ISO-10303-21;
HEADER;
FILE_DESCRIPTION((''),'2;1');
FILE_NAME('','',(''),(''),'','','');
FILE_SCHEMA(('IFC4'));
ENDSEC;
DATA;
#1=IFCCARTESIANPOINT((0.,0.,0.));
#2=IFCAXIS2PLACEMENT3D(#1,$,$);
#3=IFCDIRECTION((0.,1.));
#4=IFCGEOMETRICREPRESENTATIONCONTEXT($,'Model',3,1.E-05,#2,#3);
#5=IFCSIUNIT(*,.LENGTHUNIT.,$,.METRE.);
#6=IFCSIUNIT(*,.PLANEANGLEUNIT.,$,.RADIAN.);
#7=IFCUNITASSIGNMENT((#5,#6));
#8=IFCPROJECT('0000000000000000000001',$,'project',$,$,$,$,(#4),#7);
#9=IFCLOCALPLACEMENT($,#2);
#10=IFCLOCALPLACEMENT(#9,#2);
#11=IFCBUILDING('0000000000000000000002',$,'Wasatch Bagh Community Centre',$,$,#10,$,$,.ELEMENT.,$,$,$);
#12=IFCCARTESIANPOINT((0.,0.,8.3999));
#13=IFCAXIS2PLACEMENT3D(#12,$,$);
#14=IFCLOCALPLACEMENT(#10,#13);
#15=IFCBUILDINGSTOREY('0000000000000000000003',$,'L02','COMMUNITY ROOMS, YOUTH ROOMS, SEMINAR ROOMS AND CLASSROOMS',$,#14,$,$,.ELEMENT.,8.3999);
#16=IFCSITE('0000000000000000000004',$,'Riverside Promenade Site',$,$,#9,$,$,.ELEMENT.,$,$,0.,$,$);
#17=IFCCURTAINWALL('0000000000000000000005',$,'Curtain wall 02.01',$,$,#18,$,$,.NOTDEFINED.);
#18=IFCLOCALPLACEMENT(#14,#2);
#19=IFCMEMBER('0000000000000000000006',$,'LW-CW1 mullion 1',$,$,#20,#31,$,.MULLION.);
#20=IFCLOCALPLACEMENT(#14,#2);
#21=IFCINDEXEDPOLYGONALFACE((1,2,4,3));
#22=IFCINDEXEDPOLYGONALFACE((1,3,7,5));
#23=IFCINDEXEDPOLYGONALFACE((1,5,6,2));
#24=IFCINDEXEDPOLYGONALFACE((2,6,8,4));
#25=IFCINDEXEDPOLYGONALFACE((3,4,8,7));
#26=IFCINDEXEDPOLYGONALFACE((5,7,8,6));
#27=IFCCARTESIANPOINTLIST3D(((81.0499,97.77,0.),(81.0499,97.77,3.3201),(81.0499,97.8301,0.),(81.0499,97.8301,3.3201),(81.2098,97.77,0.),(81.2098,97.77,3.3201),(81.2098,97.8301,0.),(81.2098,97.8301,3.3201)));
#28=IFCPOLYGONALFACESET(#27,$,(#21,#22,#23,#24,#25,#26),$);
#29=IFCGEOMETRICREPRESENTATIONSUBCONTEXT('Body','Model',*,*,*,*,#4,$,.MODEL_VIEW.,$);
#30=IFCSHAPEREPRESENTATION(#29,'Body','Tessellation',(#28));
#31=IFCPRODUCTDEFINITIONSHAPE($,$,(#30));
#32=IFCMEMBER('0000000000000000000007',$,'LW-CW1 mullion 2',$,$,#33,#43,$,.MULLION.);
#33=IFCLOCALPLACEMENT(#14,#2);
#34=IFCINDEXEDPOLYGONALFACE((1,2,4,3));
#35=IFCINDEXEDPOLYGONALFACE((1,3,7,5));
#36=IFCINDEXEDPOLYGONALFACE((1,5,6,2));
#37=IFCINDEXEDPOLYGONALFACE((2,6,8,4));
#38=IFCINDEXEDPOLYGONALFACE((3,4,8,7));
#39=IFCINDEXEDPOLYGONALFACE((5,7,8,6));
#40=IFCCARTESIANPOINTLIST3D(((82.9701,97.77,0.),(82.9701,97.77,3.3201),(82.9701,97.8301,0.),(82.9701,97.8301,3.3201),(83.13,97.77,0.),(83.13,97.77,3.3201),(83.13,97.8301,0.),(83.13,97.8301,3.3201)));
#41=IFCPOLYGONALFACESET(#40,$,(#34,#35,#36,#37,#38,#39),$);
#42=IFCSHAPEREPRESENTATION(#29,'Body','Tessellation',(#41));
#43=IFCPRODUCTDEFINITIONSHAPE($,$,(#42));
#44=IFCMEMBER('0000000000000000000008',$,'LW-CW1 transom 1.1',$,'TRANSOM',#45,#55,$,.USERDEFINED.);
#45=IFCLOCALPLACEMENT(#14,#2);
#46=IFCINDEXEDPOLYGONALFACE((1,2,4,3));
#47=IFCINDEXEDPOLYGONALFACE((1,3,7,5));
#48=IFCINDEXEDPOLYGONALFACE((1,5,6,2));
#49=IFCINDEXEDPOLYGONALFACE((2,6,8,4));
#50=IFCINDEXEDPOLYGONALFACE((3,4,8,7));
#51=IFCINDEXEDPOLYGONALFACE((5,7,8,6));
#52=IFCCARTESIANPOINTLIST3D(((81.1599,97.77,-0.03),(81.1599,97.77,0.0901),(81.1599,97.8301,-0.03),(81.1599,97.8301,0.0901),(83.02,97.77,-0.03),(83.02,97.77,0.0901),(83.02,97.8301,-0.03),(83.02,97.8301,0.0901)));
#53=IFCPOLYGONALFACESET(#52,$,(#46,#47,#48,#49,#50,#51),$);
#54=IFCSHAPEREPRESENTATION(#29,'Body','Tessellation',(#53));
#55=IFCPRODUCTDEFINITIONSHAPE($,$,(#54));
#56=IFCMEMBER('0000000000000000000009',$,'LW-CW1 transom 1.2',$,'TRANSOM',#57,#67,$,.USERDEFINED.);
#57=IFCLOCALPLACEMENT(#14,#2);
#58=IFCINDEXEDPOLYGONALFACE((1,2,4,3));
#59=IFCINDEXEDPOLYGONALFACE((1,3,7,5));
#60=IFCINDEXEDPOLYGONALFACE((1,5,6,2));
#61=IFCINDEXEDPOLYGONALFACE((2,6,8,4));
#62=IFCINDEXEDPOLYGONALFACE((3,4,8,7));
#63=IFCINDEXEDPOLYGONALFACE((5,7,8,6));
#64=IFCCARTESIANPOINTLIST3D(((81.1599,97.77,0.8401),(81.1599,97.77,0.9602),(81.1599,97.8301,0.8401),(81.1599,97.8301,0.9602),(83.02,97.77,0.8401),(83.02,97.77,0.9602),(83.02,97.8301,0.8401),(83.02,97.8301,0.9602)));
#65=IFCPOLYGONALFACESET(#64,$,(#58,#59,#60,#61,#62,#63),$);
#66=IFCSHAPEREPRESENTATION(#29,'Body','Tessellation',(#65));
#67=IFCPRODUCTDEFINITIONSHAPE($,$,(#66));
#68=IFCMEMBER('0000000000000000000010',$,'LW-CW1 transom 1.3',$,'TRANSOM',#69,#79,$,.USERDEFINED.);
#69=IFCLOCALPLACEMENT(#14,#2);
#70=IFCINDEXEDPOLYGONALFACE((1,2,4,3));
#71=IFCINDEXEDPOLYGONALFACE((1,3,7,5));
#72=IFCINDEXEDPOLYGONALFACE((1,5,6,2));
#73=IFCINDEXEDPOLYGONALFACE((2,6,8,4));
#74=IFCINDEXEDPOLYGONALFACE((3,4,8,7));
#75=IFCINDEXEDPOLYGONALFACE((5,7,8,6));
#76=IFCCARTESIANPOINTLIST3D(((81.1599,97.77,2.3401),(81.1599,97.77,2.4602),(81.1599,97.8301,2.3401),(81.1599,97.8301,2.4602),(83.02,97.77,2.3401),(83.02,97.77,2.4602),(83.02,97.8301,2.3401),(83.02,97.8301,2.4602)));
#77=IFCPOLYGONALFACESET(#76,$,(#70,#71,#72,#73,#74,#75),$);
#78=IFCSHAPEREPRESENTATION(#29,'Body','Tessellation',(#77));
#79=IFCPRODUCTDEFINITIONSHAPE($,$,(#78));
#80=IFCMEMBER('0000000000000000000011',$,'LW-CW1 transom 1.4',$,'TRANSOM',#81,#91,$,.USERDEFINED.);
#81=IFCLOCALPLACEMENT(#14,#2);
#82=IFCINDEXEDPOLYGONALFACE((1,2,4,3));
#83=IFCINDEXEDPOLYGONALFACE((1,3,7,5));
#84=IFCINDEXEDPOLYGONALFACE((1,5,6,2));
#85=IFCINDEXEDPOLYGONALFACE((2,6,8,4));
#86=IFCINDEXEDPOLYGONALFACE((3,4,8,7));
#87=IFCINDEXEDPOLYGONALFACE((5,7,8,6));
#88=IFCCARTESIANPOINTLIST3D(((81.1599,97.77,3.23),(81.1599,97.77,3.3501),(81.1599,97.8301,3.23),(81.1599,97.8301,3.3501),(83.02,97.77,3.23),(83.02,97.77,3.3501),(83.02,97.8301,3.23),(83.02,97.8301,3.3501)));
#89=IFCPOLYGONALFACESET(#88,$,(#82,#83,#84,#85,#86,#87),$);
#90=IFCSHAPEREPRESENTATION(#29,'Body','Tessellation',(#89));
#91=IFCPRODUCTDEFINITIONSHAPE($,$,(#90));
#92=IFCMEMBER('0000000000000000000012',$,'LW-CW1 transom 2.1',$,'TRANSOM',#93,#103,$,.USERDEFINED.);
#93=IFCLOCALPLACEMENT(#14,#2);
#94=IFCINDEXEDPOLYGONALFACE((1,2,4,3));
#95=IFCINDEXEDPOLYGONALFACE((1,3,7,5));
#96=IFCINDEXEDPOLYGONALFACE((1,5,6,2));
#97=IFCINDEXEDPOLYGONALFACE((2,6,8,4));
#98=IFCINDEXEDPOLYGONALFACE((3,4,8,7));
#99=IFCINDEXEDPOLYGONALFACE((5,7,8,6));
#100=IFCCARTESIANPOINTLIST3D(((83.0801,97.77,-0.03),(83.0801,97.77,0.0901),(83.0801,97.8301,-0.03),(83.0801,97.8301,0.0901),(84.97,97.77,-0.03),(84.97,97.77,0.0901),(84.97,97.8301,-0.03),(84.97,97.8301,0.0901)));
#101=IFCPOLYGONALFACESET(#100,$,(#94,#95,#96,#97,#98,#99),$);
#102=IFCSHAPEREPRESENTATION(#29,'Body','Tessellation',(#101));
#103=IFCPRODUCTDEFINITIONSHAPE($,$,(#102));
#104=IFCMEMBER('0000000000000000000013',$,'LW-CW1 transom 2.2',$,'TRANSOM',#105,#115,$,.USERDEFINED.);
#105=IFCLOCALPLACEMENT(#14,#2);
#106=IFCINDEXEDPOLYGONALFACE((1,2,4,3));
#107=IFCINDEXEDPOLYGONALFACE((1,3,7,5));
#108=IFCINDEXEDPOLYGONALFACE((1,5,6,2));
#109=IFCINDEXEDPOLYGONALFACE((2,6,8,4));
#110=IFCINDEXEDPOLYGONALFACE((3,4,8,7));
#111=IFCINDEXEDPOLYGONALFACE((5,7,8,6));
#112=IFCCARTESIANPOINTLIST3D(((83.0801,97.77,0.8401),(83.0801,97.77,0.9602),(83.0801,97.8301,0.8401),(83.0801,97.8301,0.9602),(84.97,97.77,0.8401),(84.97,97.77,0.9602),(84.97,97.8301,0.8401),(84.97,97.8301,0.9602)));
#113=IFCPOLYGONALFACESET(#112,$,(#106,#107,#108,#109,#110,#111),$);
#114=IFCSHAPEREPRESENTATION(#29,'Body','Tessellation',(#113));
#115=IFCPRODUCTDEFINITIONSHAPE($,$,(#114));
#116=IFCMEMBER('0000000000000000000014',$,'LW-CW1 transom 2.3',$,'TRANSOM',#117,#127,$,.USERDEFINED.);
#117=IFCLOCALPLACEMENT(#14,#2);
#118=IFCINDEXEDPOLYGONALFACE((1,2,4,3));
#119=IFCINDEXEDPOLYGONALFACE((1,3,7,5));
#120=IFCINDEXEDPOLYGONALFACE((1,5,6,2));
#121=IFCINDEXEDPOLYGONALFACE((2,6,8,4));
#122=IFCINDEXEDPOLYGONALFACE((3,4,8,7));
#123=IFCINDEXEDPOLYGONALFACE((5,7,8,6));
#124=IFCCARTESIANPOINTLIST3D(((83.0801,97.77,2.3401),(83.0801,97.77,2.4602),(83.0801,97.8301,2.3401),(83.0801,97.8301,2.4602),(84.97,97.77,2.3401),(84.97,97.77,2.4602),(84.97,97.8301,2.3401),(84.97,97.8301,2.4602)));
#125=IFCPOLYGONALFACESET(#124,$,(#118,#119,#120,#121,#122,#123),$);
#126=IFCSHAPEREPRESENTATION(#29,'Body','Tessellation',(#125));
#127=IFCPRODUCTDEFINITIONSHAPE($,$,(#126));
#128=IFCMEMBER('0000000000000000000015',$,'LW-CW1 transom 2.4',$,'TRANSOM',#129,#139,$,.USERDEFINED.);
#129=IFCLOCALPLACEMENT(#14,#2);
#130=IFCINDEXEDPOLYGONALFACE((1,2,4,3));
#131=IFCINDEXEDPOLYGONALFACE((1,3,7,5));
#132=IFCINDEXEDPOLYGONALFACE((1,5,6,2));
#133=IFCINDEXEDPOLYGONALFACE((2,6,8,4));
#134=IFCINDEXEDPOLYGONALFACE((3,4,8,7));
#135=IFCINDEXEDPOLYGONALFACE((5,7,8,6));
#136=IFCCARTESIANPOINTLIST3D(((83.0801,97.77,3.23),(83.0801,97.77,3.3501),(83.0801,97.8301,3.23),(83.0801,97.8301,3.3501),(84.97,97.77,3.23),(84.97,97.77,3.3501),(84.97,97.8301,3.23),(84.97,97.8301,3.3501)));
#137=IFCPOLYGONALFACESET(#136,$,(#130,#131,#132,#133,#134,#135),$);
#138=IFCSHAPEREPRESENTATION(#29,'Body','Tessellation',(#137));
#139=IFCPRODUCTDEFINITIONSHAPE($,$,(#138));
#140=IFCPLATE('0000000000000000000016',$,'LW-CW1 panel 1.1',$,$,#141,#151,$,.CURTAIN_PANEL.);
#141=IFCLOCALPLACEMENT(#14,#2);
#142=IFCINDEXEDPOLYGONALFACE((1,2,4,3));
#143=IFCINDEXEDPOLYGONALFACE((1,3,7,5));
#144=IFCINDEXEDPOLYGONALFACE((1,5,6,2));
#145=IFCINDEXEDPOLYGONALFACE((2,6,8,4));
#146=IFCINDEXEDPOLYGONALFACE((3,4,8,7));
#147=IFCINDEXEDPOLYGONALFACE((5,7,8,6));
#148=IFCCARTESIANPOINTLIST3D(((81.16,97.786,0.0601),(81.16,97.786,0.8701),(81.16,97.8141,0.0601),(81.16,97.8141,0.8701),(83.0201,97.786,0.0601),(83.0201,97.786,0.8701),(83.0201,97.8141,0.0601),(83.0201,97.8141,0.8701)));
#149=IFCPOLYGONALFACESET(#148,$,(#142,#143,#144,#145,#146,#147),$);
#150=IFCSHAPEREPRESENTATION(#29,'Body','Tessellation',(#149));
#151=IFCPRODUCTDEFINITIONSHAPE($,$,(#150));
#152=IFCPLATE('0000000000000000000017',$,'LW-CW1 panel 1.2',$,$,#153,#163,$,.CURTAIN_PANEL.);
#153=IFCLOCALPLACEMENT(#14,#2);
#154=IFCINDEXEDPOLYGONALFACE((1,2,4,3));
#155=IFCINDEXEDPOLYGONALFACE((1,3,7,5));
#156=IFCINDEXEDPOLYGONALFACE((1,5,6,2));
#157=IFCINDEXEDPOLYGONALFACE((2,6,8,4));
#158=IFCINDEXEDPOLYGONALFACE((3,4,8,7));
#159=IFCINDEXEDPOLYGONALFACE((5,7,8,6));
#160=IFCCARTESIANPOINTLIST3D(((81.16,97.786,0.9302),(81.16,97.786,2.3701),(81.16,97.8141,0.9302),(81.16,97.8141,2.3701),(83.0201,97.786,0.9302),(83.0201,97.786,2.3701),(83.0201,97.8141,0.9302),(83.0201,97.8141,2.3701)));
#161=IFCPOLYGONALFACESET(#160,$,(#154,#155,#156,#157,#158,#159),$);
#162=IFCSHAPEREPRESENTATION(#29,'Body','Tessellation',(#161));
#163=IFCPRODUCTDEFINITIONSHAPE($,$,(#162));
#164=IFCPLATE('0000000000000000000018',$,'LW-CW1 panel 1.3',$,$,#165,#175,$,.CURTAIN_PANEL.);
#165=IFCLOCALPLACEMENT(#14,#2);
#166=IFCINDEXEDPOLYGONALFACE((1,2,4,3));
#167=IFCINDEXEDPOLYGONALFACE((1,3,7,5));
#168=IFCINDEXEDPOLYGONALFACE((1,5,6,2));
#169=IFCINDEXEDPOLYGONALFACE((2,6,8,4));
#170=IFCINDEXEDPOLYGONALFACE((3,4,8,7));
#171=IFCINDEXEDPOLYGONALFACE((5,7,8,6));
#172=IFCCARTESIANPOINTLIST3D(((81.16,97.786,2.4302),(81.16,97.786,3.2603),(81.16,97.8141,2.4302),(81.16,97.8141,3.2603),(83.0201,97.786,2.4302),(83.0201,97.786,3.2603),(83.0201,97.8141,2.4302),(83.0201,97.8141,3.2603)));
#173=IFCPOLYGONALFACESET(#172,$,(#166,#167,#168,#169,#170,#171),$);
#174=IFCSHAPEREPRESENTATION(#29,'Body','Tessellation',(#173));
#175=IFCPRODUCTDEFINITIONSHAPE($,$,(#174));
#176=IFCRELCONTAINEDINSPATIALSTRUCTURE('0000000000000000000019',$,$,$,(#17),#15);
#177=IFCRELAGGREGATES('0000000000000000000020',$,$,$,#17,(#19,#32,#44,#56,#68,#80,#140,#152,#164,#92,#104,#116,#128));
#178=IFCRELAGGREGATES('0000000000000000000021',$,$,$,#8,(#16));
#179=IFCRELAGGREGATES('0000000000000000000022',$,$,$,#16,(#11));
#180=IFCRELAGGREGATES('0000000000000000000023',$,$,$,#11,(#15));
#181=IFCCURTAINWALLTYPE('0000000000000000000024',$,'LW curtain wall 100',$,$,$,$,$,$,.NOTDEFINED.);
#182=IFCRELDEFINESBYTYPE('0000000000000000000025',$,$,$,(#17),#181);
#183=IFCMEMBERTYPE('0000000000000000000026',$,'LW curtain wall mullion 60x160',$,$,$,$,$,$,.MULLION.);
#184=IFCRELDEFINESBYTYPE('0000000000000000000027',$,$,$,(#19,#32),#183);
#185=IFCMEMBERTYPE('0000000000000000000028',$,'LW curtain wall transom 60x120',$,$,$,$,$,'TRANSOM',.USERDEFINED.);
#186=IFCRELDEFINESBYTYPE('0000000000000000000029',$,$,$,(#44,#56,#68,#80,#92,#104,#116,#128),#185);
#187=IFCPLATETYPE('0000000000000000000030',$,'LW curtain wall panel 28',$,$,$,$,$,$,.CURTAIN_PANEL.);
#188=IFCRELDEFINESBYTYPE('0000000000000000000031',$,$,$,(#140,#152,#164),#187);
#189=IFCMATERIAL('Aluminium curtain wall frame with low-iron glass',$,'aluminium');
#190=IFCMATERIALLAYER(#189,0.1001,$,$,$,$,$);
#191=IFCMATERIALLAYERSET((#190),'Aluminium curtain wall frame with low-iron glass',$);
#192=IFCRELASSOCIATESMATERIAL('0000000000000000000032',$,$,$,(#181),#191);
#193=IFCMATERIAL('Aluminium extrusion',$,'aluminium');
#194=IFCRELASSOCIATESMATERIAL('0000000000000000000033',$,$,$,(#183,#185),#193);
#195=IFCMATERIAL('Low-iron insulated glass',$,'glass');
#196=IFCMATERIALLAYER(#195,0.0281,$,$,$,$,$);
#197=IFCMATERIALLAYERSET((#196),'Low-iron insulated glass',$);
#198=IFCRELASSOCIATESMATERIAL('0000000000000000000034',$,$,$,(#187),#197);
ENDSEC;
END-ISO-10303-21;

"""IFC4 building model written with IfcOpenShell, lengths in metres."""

from ifc_helpers import new_model, si_unit, direction, frame, origin, origin_2d, place, context, subcontext, project, spatial, rectangle, extrude, material, layer, layer_set, material_profile, profile_set, type_object, element, aggregate, save


model = new_model("IFC4")

# Units and contexts
model_context = context("Model", 3, precision=1e-05, world=origin(), true_north=direction((0.0, 1.0)))
body_context = subcontext(model_context, "Body", "Model", "MODEL_VIEW")
ifc_project = project(units=[si_unit("LENGTHUNIT", "METRE"), si_unit("PLANEANGLEUNIT", "RADIAN")], contexts=[model_context])

# Site, building, storey
site_placement = place(None, origin())
site = spatial("IfcSite", under=ifc_project, at=site_placement, Name="Riverside Promenade Site", CompositionType="ELEMENT", RefElevation=0.0)
building_placement = place(site_placement, origin())
building = spatial("IfcBuilding", under=site, at=building_placement, Name="Wasatch Bagh Community Centre", CompositionType="ELEMENT")
storey_placement = place(building_placement, frame((0.0, 0.0, 8.3999)))
storey = spatial("IfcBuildingStorey", under=building, at=storey_placement, Name="L02", Description="COMMUNITY ROOMS, YOUTH ROOMS, SEMINAR ROOMS AND CLASSROOMS", CompositionType="ELEMENT", Elevation=8.3999)

# Curtain wall, members, plates
ifc_material_1 = material(Name="Aluminium curtain wall frame with low-iron glass", Category="aluminium")
ifc_layer_1 = layer(ifc_material_1, 0.1001)
ifc_layer_set_1 = layer_set([ifc_layer_1], Name="Aluminium curtain wall frame with low-iron glass")
curtain_wall_type = type_object("IfcCurtainWallType", Name="LW curtain wall 100", PredefinedType="NOTDEFINED", material=ifc_layer_set_1)
curtain_wall_placement = place(storey_placement, origin())
curtain_wall = element("IfcCurtainWall", 1, at=curtain_wall_placement, inside=storey, type_object=curtain_wall_type, Name="Curtain wall 02.01", PredefinedType="NOTDEFINED")
ifc_material_2 = material(Name="Aluminium extrusion", Category="aluminium")
ifc_material_profile_1 = material_profile(ifc_material_2, rectangle(XDim=0.0601, YDim=0.1599, at=origin_2d()), Name="AL 60x160")
ifc_profile_set_1 = profile_set([ifc_material_profile_1], Name="Aluminium extrusion")
member_type_1 = type_object("IfcMemberType", Name="LW curtain wall mullion 60x160", PredefinedType="MULLION", material=ifc_profile_set_1)
member_1_placement = place(storey_placement, frame((81.1299, 97.8, 0.0), z_axis=(0.0, 0.0, 1.0), x_axis=(0.0, 1.0, 0.0)))
member_1 = element("IfcMember", 2, at=member_1_placement, type_object=member_type_1, Name="LW-CW1 mullion 1", PredefinedType="MULLION", context=body_context, shape_type="SweptSolid", body=[
    extrude(rectangle(XDim=0.0601, YDim=0.1599, at=origin_2d()), origin(), (0.0, 0.0, 1.0), 3.3201),
])
member_2_placement = place(storey_placement, frame((83.05, 97.8, 0.0), z_axis=(0.0, 0.0, 1.0), x_axis=(0.0, 1.0, 0.0)))
member_2 = element("IfcMember", 3, at=member_2_placement, type_object=member_type_1, Name="LW-CW1 mullion 2", PredefinedType="MULLION", context=body_context, shape_type="SweptSolid", body=[
    extrude(rectangle(XDim=0.0601, YDim=0.1599, at=origin_2d()), origin(), (0.0, 0.0, 1.0), 3.3201),
])
ifc_material_profile_2 = material_profile(ifc_material_2, rectangle(XDim=0.0601, YDim=0.1201, at=origin_2d()), Name="AL 60x120")
ifc_profile_set_2 = profile_set([ifc_material_profile_2], Name="Aluminium extrusion")
member_type_2 = type_object("IfcMemberType", Name="LW curtain wall transom 60x120", ElementType="TRANSOM", PredefinedType="USERDEFINED", material=ifc_profile_set_2)
member_3_placement = place(storey_placement, frame((81.1599, 97.8, 0.03), z_axis=(1.0, 0.0, 0.0), x_axis=(0.0, 1.0, 0.0)))
member_3 = element("IfcMember", 4, at=member_3_placement, type_object=member_type_2, Name="LW-CW1 transom 1.1", ObjectType="TRANSOM", PredefinedType="USERDEFINED", context=body_context, shape_type="SweptSolid", body=[
    extrude(rectangle(XDim=0.0601, YDim=0.1201, at=origin_2d()), origin(), (0.0, 0.0, 1.0), 1.8601),
])
member_4_placement = place(storey_placement, frame((81.1599, 97.8, 0.9001), z_axis=(1.0, 0.0, 0.0), x_axis=(0.0, 1.0, 0.0)))
member_4 = element("IfcMember", 5, at=member_4_placement, type_object=member_type_2, Name="LW-CW1 transom 1.2", ObjectType="TRANSOM", PredefinedType="USERDEFINED", context=body_context, shape_type="SweptSolid", body=[
    extrude(rectangle(XDim=0.0601, YDim=0.1201, at=origin_2d()), origin(), (0.0, 0.0, 1.0), 1.8601),
])
member_5_placement = place(storey_placement, frame((81.1599, 97.8, 2.4001), z_axis=(1.0, 0.0, 0.0), x_axis=(0.0, 1.0, 0.0)))
member_5 = element("IfcMember", 6, at=member_5_placement, type_object=member_type_2, Name="LW-CW1 transom 1.3", ObjectType="TRANSOM", PredefinedType="USERDEFINED", context=body_context, shape_type="SweptSolid", body=[
    extrude(rectangle(XDim=0.0601, YDim=0.1201, at=origin_2d()), origin(), (0.0, 0.0, 1.0), 1.8601),
])
member_6_placement = place(storey_placement, frame((81.1599, 97.8, 3.29), z_axis=(1.0, 0.0, 0.0), x_axis=(0.0, 1.0, 0.0)))
member_6 = element("IfcMember", 7, at=member_6_placement, type_object=member_type_2, Name="LW-CW1 transom 1.4", ObjectType="TRANSOM", PredefinedType="USERDEFINED", context=body_context, shape_type="SweptSolid", body=[
    extrude(rectangle(XDim=0.0601, YDim=0.1201, at=origin_2d()), origin(), (0.0, 0.0, 1.0), 1.8601),
])
member_7_placement = place(storey_placement, frame((83.0801, 97.8, 0.03), z_axis=(1.0, 0.0, 0.0), x_axis=(0.0, 1.0, 0.0)))
member_7 = element("IfcMember", 8, at=member_7_placement, type_object=member_type_2, Name="LW-CW1 transom 2.1", ObjectType="TRANSOM", PredefinedType="USERDEFINED", context=body_context, shape_type="SweptSolid", body=[
    extrude(rectangle(XDim=0.0601, YDim=0.1201, at=origin_2d()), origin(), (0.0, 0.0, 1.0), 1.8899),
])
member_8_placement = place(storey_placement, frame((83.0801, 97.8, 0.9001), z_axis=(1.0, 0.0, 0.0), x_axis=(0.0, 1.0, 0.0)))
member_8 = element("IfcMember", 9, at=member_8_placement, type_object=member_type_2, Name="LW-CW1 transom 2.2", ObjectType="TRANSOM", PredefinedType="USERDEFINED", context=body_context, shape_type="SweptSolid", body=[
    extrude(rectangle(XDim=0.0601, YDim=0.1201, at=origin_2d()), origin(), (0.0, 0.0, 1.0), 1.8899),
])
member_9_placement = place(storey_placement, frame((83.0801, 97.8, 2.4001), z_axis=(1.0, 0.0, 0.0), x_axis=(0.0, 1.0, 0.0)))
member_9 = element("IfcMember", 10, at=member_9_placement, type_object=member_type_2, Name="LW-CW1 transom 2.3", ObjectType="TRANSOM", PredefinedType="USERDEFINED", context=body_context, shape_type="SweptSolid", body=[
    extrude(rectangle(XDim=0.0601, YDim=0.1201, at=origin_2d()), origin(), (0.0, 0.0, 1.0), 1.8899),
])
member_10_placement = place(storey_placement, frame((83.0801, 97.8, 3.29), z_axis=(1.0, 0.0, 0.0), x_axis=(0.0, 1.0, 0.0)))
member_10 = element("IfcMember", 11, at=member_10_placement, type_object=member_type_2, Name="LW-CW1 transom 2.4", ObjectType="TRANSOM", PredefinedType="USERDEFINED", context=body_context, shape_type="SweptSolid", body=[
    extrude(rectangle(XDim=0.0601, YDim=0.1201, at=origin_2d()), origin(), (0.0, 0.0, 1.0), 1.8899),
])
ifc_material_3 = material(Name="Low-iron insulated glass", Category="glass")
ifc_layer_2 = layer(ifc_material_3, 0.0281)
ifc_layer_set_2 = layer_set([ifc_layer_2], Name="Low-iron insulated glass")
plate_type = type_object("IfcPlateType", Name="LW curtain wall panel 28", PredefinedType="CURTAIN_PANEL", material=ifc_layer_set_2)
plate_1_placement = place(storey_placement, frame((82.0901, 97.8, 0.0601), z_axis=(0.0, 0.0, 1.0), x_axis=(1.0, 0.0, 0.0)))
plate_1 = element("IfcPlate", 12, at=plate_1_placement, type_object=plate_type, Name="LW-CW1 panel 1.1", PredefinedType="CURTAIN_PANEL", context=body_context, shape_type="SweptSolid", body=[
    extrude(rectangle(XDim=1.8601, YDim=0.0281, at=origin_2d()), origin(), (0.0, 0.0, 1.0), 0.8101),
])
plate_2_placement = place(storey_placement, frame((82.0901, 97.8, 0.9302), z_axis=(0.0, 0.0, 1.0), x_axis=(1.0, 0.0, 0.0)))
plate_2 = element("IfcPlate", 13, at=plate_2_placement, type_object=plate_type, Name="LW-CW1 panel 1.2", PredefinedType="CURTAIN_PANEL", context=body_context, shape_type="SweptSolid", body=[
    extrude(rectangle(XDim=1.8601, YDim=0.0281, at=origin_2d()), origin(), (0.0, 0.0, 1.0), 1.4399),
])
plate_3_placement = place(storey_placement, frame((82.0901, 97.8, 2.4302), z_axis=(0.0, 0.0, 1.0), x_axis=(1.0, 0.0, 0.0)))
plate_3 = element("IfcPlate", 14, at=plate_3_placement, type_object=plate_type, Name="LW-CW1 panel 1.3", PredefinedType="CURTAIN_PANEL", context=body_context, shape_type="SweptSolid", body=[
    extrude(rectangle(XDim=1.8601, YDim=0.0281, at=origin_2d()), origin(), (0.0, 0.0, 1.0), 0.8301),
])
aggregate(curtain_wall, [member_1, member_2, member_3, member_4, member_5, member_6, plate_1, plate_2, plate_3, member_7, member_8, member_9, member_10])

save(model, "model.ifc")
